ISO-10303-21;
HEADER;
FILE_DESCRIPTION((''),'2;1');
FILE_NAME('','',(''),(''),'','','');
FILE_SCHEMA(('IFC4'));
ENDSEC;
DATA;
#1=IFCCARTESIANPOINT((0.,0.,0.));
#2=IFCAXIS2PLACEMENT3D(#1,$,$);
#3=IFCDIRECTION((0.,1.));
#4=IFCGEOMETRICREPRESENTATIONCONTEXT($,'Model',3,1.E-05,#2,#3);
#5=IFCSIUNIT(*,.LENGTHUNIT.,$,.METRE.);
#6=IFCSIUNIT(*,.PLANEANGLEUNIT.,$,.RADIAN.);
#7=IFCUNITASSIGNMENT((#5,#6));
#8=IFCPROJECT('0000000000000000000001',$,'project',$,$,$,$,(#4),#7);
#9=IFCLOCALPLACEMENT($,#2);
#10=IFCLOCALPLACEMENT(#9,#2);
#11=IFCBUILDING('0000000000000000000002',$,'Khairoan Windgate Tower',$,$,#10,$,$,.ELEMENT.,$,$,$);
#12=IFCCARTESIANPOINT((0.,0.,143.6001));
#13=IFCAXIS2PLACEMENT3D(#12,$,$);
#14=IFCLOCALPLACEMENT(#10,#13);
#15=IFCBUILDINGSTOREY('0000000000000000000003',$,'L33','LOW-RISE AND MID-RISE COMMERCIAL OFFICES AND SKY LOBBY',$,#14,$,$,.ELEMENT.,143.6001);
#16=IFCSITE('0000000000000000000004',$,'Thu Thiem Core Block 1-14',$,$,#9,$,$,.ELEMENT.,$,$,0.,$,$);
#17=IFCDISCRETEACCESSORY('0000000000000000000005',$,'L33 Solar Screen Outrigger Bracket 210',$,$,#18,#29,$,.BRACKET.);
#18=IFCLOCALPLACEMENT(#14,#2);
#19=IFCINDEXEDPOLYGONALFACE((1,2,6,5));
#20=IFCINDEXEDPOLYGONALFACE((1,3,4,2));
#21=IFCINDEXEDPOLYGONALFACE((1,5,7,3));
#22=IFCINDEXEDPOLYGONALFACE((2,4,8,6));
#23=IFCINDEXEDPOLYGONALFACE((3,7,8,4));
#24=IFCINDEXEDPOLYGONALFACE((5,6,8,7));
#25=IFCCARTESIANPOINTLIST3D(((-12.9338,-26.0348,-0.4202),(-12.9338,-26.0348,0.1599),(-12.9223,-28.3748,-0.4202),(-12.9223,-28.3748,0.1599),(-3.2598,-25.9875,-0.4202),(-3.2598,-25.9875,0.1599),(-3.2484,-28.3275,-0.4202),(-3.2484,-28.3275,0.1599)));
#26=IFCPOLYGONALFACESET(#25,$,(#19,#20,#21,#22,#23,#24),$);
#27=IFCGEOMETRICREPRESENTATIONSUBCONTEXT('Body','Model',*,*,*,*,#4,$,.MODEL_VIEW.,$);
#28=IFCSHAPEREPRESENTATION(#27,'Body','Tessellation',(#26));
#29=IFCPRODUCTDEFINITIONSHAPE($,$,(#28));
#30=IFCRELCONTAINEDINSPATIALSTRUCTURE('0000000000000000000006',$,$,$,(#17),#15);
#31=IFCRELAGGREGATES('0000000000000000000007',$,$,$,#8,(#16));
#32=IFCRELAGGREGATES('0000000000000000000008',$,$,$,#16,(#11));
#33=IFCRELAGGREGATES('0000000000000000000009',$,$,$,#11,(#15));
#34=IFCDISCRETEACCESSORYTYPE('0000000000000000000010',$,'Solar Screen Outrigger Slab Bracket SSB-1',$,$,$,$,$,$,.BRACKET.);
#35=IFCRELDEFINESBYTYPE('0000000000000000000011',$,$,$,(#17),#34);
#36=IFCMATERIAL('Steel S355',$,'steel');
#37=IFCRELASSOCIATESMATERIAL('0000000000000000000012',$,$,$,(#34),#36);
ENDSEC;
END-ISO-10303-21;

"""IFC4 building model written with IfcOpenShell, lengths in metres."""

from ifc_helpers import new_model, si_unit, direction, frame, origin, origin_2d, place, context, subcontext, project, spatial, rectangle, extrude, material, type_object, element, save


model = new_model("IFC4")

# Units and contexts
model_context = context("Model", 3, precision=1e-05, world=origin(), true_north=direction((0.0, 1.0)))
body_context = subcontext(model_context, "Body", "Model", "MODEL_VIEW")
ifc_project = project(units=[si_unit("LENGTHUNIT", "METRE"), si_unit("PLANEANGLEUNIT", "RADIAN")], contexts=[model_context])

# Site, building, storey
site_placement = place(None, origin())
site = spatial("IfcSite", under=ifc_project, at=site_placement, Name="Thu Thiem Core Block 1-14", CompositionType="ELEMENT", RefElevation=0.0)
building_placement = place(site_placement, origin())
building = spatial("IfcBuilding", under=site, at=building_placement, Name="Khairoan Windgate Tower", CompositionType="ELEMENT")
storey_placement = place(building_placement, frame((0.0, 0.0, 143.6001)))
storey = spatial("IfcBuildingStorey", under=building, at=storey_placement, Name="L33", Description="LOW-RISE AND MID-RISE COMMERCIAL OFFICES AND SKY LOBBY", CompositionType="ELEMENT", Elevation=143.6001)

# Discrete accessory
ifc_material_1 = material(Name="Steel S355", Category="steel")
discrete_accessory_type = type_object("IfcDiscreteAccessoryType", Name="Solar Screen Outrigger Slab Bracket SSB-1", PredefinedType="BRACKET", material=ifc_material_1)
discrete_accessory_placement = place(storey_placement, frame((-8.0911, -27.1812, -0.4202), z_axis=(0.0, 0.0, 1.0), x_axis=(-0.999988, -0.004887, 0.0)))
element("IfcDiscreteAccessory", 1, at=discrete_accessory_placement, inside=storey, type_object=discrete_accessory_type, Name="L33 Solar Screen Outrigger Bracket 210", PredefinedType="BRACKET", context=body_context, shape_type="SweptSolid", body=[
    extrude(rectangle(XDim=9.6741, YDim=2.3401, at=origin_2d()), origin(), (0.0, 0.0, 1.0), 0.5801),
])

save(model, "model.ifc")
